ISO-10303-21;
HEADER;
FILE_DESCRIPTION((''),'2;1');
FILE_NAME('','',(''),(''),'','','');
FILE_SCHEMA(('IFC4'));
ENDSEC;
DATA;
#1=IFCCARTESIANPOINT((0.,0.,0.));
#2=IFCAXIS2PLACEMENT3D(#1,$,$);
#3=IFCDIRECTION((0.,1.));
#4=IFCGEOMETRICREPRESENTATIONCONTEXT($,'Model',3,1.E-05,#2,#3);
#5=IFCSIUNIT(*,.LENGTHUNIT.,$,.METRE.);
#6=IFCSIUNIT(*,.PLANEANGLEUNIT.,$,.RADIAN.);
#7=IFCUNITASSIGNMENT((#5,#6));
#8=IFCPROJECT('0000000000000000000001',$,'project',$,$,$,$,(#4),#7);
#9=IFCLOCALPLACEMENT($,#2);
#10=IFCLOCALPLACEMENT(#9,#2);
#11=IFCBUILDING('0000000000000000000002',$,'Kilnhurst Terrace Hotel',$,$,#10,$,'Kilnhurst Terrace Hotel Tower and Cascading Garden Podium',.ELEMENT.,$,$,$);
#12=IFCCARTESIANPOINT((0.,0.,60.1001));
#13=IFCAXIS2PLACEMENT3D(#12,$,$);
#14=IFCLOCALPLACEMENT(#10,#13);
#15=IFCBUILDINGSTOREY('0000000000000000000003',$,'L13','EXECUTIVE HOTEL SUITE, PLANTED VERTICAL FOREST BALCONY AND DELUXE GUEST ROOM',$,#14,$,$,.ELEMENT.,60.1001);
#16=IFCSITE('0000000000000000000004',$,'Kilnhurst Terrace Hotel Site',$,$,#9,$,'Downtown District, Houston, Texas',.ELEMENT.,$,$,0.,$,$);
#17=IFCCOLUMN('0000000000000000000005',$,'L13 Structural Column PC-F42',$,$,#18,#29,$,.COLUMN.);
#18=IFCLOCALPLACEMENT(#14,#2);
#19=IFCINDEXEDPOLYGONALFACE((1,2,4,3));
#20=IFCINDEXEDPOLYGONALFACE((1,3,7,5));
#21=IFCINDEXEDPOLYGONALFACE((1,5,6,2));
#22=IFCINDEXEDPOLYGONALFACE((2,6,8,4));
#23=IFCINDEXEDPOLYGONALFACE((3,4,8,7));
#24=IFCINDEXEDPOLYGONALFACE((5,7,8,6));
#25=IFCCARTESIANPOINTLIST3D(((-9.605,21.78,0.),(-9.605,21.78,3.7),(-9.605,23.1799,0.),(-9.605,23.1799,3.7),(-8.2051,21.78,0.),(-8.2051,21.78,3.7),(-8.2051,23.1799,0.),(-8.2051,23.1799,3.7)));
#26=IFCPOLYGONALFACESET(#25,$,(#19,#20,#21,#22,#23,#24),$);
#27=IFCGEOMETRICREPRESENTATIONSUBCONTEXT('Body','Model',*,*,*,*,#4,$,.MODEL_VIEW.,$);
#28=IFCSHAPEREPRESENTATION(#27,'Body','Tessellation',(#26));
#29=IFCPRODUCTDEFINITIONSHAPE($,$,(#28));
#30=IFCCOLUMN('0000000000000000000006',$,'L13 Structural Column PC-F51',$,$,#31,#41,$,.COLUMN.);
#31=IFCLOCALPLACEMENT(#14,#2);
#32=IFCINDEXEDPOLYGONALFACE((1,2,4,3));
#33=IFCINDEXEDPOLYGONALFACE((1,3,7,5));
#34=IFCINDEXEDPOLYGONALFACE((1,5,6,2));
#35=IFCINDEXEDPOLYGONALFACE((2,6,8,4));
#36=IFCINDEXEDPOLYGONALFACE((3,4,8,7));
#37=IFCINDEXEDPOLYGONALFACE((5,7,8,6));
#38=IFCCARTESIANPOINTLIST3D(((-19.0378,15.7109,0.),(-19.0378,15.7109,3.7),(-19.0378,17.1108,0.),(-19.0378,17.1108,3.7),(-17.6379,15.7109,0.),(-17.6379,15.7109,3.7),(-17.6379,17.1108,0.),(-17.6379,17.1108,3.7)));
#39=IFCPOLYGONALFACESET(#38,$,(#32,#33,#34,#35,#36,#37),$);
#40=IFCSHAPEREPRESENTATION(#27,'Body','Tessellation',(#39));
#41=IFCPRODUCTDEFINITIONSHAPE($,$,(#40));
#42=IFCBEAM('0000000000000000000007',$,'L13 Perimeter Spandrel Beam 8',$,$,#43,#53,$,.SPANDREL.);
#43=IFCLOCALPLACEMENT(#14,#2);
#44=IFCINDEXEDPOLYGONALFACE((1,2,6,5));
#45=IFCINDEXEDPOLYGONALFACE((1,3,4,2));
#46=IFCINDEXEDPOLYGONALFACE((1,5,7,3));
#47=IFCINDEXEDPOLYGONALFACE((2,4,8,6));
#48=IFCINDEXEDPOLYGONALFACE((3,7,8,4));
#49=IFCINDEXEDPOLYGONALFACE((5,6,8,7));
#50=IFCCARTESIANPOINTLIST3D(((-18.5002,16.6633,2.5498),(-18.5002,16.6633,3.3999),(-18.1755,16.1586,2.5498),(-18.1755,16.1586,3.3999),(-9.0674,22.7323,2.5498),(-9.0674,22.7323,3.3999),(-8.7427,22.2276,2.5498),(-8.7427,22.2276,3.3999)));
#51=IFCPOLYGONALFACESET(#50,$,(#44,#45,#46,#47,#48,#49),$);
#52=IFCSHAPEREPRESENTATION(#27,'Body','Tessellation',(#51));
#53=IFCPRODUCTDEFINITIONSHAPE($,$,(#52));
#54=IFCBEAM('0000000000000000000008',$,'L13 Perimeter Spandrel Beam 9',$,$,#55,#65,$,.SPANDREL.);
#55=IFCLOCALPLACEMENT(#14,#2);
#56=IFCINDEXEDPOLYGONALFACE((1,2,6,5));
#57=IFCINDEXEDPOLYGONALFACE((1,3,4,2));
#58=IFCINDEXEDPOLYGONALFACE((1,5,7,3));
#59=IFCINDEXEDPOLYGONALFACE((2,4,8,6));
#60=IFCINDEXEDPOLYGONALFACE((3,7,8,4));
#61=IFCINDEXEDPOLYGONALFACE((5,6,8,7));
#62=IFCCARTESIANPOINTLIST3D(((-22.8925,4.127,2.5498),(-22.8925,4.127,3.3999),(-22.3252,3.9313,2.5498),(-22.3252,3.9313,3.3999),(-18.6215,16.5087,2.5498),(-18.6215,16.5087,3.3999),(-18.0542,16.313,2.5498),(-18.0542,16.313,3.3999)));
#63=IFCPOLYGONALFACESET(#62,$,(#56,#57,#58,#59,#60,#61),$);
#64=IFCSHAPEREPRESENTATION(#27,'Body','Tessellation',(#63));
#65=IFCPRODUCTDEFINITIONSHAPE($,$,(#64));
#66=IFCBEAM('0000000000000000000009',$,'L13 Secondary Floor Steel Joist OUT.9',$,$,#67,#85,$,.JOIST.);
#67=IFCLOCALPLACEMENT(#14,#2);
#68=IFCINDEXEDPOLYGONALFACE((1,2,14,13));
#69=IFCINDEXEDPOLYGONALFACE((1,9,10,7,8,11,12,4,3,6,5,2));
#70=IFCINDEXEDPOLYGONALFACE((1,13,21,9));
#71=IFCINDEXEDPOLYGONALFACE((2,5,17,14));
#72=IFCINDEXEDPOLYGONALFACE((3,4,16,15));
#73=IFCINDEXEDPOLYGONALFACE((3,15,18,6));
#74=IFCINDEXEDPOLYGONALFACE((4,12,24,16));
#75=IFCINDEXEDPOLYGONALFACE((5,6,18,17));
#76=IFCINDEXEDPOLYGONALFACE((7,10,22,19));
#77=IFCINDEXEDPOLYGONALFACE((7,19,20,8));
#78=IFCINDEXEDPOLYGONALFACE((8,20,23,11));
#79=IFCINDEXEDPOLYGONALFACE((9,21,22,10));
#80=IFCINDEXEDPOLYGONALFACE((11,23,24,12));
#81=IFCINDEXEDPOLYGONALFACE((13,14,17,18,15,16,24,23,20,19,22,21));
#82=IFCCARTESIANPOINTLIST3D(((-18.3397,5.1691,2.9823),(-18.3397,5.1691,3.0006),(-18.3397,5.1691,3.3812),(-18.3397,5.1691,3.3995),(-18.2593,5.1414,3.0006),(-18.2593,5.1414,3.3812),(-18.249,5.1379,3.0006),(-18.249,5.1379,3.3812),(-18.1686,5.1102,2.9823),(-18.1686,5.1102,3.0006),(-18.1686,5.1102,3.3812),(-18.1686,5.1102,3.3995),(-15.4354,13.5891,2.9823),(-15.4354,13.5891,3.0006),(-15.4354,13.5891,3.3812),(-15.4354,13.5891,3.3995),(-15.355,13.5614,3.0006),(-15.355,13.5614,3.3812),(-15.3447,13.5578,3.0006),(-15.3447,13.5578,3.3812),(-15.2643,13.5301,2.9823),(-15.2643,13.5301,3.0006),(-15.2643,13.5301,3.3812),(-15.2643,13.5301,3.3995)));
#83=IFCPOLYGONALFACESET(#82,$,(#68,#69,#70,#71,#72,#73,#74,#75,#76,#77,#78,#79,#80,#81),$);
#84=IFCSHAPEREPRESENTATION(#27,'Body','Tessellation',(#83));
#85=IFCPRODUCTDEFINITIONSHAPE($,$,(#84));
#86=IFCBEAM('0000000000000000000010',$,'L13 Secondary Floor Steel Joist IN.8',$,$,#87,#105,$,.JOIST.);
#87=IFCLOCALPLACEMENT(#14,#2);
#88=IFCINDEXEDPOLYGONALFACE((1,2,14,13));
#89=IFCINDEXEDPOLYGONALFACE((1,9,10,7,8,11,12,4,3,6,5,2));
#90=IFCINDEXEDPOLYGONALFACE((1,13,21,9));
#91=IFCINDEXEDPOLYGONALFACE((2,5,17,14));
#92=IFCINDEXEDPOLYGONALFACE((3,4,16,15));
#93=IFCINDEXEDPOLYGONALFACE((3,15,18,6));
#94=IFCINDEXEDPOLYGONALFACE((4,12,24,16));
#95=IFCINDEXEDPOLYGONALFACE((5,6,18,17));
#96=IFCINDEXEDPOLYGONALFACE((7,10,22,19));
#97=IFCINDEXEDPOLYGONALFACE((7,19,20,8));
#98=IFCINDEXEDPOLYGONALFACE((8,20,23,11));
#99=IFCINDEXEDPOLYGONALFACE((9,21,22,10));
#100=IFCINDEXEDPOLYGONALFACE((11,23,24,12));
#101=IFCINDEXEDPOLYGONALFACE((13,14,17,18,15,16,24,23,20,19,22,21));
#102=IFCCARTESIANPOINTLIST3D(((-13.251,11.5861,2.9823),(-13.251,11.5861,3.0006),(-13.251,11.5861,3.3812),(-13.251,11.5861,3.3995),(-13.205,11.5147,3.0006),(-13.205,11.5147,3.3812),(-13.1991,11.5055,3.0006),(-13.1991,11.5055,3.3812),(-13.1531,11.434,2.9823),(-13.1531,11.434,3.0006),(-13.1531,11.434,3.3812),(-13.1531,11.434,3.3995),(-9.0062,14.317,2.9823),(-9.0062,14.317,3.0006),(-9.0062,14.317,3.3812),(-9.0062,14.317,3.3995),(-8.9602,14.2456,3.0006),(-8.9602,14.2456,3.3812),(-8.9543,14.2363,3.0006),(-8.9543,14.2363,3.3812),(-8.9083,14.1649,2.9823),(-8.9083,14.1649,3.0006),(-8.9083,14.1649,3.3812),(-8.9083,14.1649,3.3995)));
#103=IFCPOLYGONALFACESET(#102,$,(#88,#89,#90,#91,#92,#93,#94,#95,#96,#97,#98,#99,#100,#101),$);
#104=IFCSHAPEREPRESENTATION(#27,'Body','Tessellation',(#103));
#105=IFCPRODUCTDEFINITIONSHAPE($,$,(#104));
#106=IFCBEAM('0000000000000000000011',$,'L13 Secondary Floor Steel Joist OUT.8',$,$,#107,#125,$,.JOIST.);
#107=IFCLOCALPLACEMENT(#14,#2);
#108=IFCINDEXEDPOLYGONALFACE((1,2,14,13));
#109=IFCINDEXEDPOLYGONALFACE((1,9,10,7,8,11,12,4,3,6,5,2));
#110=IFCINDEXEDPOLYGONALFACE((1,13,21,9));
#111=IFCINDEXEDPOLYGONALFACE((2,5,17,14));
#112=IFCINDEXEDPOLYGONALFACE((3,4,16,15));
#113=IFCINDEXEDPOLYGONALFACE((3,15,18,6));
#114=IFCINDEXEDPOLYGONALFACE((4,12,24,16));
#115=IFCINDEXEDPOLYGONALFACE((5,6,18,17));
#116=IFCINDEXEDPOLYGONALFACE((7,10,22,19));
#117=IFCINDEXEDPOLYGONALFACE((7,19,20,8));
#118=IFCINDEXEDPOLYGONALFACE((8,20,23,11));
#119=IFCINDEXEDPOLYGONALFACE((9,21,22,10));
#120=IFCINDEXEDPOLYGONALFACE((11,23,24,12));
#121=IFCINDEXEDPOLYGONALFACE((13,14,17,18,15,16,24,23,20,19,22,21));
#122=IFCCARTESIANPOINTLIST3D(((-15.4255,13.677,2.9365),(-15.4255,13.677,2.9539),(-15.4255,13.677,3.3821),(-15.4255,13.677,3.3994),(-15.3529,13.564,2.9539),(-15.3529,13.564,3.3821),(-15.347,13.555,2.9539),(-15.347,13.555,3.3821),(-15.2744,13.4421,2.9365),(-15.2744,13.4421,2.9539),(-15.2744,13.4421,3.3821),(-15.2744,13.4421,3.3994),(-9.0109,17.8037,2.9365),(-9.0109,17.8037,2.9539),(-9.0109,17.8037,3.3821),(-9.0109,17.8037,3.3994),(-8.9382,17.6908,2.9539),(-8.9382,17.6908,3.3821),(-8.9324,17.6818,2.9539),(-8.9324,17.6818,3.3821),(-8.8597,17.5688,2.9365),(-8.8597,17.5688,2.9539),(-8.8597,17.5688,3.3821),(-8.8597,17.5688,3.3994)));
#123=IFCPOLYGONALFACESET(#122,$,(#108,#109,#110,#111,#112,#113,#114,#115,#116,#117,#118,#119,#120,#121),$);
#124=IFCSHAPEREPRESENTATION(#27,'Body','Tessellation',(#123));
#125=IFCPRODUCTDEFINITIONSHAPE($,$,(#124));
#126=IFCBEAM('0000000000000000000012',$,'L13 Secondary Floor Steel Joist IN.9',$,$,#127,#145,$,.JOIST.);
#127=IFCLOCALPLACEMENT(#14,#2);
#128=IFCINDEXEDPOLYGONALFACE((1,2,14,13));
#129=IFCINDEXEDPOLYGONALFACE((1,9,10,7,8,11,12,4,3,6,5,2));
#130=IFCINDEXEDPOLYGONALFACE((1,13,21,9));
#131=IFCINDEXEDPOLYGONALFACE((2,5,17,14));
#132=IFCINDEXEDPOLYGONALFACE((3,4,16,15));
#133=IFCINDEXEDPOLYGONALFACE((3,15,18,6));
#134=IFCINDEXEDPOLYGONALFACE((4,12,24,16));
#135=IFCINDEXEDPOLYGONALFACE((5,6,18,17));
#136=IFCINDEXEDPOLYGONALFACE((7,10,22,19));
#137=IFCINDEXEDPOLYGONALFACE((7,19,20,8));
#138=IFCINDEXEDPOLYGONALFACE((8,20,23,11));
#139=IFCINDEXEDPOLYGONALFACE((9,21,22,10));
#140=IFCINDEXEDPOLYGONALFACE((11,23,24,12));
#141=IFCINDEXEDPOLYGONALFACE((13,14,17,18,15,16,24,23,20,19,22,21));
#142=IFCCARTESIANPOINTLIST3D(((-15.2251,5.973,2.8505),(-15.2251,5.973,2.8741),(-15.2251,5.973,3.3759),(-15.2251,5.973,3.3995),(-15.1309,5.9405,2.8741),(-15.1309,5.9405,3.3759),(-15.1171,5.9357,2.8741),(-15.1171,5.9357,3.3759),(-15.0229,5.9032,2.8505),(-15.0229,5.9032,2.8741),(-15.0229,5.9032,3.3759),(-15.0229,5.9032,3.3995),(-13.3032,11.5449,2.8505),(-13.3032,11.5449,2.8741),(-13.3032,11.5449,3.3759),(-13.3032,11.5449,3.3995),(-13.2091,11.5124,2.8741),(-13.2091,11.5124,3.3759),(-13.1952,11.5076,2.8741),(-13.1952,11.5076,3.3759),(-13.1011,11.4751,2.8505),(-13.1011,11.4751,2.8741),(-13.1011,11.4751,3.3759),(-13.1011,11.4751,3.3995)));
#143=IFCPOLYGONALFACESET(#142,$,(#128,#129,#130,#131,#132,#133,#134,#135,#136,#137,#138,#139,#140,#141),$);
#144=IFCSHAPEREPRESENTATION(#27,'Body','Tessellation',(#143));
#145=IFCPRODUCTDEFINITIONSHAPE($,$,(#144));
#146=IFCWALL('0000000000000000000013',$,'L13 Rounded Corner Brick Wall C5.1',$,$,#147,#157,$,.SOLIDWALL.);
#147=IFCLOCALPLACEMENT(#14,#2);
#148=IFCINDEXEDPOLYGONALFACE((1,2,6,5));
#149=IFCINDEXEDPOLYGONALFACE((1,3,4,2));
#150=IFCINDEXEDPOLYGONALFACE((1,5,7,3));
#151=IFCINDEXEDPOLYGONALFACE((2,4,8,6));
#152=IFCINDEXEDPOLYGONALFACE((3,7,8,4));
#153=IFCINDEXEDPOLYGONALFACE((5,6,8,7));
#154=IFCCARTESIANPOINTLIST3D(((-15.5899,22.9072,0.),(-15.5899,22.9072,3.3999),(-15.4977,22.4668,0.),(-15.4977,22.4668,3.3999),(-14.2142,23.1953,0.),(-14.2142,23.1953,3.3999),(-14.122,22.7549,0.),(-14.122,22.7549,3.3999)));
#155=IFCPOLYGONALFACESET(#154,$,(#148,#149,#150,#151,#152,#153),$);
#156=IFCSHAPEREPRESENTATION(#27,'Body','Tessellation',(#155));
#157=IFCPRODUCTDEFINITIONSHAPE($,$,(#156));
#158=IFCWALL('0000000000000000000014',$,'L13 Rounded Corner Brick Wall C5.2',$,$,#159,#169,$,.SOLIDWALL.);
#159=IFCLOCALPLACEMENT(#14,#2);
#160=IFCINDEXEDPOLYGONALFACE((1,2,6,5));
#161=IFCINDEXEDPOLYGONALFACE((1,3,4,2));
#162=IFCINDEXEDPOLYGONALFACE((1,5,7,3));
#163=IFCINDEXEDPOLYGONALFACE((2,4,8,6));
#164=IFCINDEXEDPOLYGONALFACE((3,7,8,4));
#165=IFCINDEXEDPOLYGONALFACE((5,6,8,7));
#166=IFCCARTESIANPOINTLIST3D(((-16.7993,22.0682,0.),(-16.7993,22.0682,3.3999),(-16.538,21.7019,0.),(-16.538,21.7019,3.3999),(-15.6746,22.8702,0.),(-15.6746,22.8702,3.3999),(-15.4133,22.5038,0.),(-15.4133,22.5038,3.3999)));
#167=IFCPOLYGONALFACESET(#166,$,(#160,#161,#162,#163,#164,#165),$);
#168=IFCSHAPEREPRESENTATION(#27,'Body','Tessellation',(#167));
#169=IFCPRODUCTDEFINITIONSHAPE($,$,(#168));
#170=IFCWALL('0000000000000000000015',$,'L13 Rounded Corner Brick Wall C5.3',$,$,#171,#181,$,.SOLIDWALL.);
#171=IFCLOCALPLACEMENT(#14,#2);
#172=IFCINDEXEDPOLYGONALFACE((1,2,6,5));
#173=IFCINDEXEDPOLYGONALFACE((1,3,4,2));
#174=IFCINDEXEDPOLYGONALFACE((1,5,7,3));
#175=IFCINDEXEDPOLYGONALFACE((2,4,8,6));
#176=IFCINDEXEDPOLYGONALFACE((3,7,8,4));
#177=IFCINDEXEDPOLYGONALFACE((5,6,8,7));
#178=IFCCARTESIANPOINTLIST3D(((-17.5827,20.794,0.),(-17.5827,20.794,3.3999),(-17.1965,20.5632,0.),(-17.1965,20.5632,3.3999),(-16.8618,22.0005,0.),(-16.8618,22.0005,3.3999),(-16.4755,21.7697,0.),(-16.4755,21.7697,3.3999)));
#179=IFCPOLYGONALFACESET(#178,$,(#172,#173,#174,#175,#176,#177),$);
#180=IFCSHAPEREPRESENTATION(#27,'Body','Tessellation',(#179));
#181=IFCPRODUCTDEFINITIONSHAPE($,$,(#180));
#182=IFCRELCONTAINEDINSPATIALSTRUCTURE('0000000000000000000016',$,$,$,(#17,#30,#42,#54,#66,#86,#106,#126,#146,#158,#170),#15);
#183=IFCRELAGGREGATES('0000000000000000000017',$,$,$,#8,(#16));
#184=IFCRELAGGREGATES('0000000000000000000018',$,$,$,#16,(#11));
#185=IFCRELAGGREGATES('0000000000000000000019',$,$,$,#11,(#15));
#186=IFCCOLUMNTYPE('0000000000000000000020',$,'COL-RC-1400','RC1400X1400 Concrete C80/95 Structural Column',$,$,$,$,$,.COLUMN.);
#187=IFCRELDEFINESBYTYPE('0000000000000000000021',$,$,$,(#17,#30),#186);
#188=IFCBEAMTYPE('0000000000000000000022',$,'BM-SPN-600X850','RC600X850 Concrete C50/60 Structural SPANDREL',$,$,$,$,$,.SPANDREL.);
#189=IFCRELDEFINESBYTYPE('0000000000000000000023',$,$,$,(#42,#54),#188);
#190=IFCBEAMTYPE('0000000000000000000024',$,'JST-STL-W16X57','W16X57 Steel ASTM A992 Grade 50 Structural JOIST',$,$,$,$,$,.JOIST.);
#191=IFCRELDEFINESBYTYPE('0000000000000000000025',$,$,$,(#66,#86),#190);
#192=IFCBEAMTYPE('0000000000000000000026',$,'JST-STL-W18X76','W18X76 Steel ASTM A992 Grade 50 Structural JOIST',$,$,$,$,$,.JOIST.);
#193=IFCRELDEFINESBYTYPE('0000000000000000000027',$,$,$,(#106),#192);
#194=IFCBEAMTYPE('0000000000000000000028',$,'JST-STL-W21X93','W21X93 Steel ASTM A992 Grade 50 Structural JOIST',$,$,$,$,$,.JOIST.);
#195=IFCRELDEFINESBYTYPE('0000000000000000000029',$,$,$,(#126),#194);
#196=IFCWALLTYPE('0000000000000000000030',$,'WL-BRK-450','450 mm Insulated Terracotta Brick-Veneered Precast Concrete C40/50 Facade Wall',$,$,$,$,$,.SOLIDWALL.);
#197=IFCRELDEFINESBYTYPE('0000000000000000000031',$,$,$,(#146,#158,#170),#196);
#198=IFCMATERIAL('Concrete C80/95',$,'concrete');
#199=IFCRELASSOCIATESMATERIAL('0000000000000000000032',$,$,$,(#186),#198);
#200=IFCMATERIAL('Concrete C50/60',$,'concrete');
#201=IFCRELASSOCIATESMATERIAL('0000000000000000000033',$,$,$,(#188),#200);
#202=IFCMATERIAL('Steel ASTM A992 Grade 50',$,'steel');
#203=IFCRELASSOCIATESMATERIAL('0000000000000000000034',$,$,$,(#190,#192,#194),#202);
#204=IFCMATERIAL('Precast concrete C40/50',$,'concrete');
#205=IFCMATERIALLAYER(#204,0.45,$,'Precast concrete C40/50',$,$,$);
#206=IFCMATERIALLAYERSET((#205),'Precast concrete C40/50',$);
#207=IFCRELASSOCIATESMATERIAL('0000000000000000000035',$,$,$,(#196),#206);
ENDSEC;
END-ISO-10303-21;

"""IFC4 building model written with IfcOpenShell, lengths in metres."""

from ifc_helpers import new_model, si_unit, direction, frame, frame_2d, origin, origin_2d, place, context, subcontext, project, spatial, rectangle, i_section, extrude, material, layer, layer_set, material_profile, profile_set, type_object, element, save


model = new_model("IFC4")

# Units and contexts
model_context = context("Model", 3, precision=1e-05, world=origin(), true_north=direction((0.0, 1.0)))
body_context = subcontext(model_context, "Body", "Model", "MODEL_VIEW")
ifc_project = project(units=[si_unit("LENGTHUNIT", "METRE"), si_unit("PLANEANGLEUNIT", "RADIAN")], contexts=[model_context])

# Site, building, storey
site_placement = place(None, origin())
site = spatial("IfcSite", under=ifc_project, at=site_placement, Name="Kilnhurst Terrace Hotel Site", LongName="Downtown District, Houston, Texas", CompositionType="ELEMENT", RefElevation=0.0)
building_placement = place(site_placement, origin())
building = spatial("IfcBuilding", under=site, at=building_placement, Name="Kilnhurst Terrace Hotel", LongName="Kilnhurst Terrace Hotel Tower and Cascading Garden Podium", CompositionType="ELEMENT")
storey_placement = place(building_placement, frame((0.0, 0.0, 60.1001)))
storey = spatial("IfcBuildingStorey", under=building, at=storey_placement, Name="L13", Description="EXECUTIVE HOTEL SUITE, PLANTED VERTICAL FOREST BALCONY AND DELUXE GUEST ROOM", CompositionType="ELEMENT", Elevation=60.1001)

# Columns
ifc_material_1 = material(Name="Concrete C80/95", Category="concrete")
ifc_material_profile_1 = material_profile(ifc_material_1, rectangle(XDim=1.3999, YDim=1.3999, at=origin_2d()), Name="RC1400X1400")
ifc_profile_set_1 = profile_set([ifc_material_profile_1], Name="Concrete C80/95")
column_type = type_object("IfcColumnType", Name="COL-RC-1400", Description="RC1400X1400 Concrete C80/95 Structural Column", PredefinedType="COLUMN", material=ifc_profile_set_1)
for number, where, z_axis, x_axis, name in (
    (1, (-8.905, 22.48, 0.0), (0.0, 0.0, 1.0), (1.0, 0.0, 0.0), "L13 Structural Column PC-F42"),
    (2, (-18.3379, 16.4109, 0.0), (0.0, 0.0, 1.0), (1.0, 0.0, 0.0), "L13 Structural Column PC-F51"),
):
    element("IfcColumn", number, at=place(storey_placement, frame(where, z_axis=z_axis, x_axis=x_axis)), inside=storey, type_object=column_type, Name=name, PredefinedType="COLUMN", context=body_context, shape_type="SweptSolid", body=[
        extrude(rectangle(XDim=1.3999, YDim=1.3999, at=origin_2d()), origin(), (0.0, 0.0, 1.0), 3.7),
    ])

# Beams
ifc_material_2 = material(Name="Concrete C50/60", Category="concrete")
ifc_material_profile_2 = material_profile(ifc_material_2, rectangle(XDim=0.6001, YDim=0.8501, at=origin_2d()), Name="RC600X850")
ifc_profile_set_2 = profile_set([ifc_material_profile_2], Name="Concrete C50/60")
beam_type_1 = type_object("IfcBeamType", Name="BM-SPN-600X850", Description="RC600X850 Concrete C50/60 Structural SPANDREL", PredefinedType="SPANDREL", material=ifc_profile_set_2)
beam_1_placement = place(storey_placement, frame((-8.905, 22.48, 2.9749), z_axis=(-0.840971, -0.54108, 0.0), x_axis=(0.54108, -0.840971, 0.0)))
element("IfcBeam", 3, at=beam_1_placement, inside=storey, type_object=beam_type_1, Name="L13 Perimeter Spandrel Beam 8", PredefinedType="SPANDREL", context=body_context, shape_type="SweptSolid", body=[
    extrude(rectangle(XDim=0.6001, YDim=0.8501, at=origin_2d()), origin(), (0.0, 0.0, 1.0), 11.2166),
])
beam_2_placement = place(storey_placement, frame((-18.3379, 16.4109, 2.9749), z_axis=(-0.326086, -0.94534, 0.0), x_axis=(0.94534, -0.326086, 0.0)))
element("IfcBeam", 4, at=beam_2_placement, inside=storey, type_object=beam_type_1, Name="L13 Perimeter Spandrel Beam 9", PredefinedType="SPANDREL", context=body_context, shape_type="SweptSolid", body=[
    extrude(rectangle(XDim=0.6001, YDim=0.8501, at=origin_2d()), origin(), (0.0, 0.0, 1.0), 13.0977),
])
ifc_material_3 = material(Name="Steel ASTM A992 Grade 50", Category="steel")
ifc_material_profile_3 = material_profile(ifc_material_3, i_section(OverallWidth=0.1809, OverallDepth=0.4172, WebThickness=0.011, FlangeThickness=0.0183, at=origin_2d()), Name="W16X57")
ifc_profile_set_3 = profile_set([ifc_material_profile_3], Name="Steel ASTM A992 Grade 50")
beam_type_2 = type_object("IfcBeamType", Name="JST-STL-W16X57", Description="W16X57 Steel ASTM A992 Grade 50 Structural JOIST", PredefinedType="JOIST", material=ifc_profile_set_3)
beam_3_placement = place(storey_placement, frame((-15.3499, 13.5596, 3.1909), z_axis=(-0.326079, -0.945343, 0.0), x_axis=(0.945343, -0.326079, 0.0)))
element("IfcBeam", 5, at=beam_3_placement, inside=storey, type_object=beam_type_2, Name="L13 Secondary Floor Steel Joist OUT.9", PredefinedType="JOIST", context=body_context, shape_type="SweptSolid", body=[
    extrude(i_section(OverallWidth=0.1809, OverallDepth=0.4172, WebThickness=0.011, FlangeThickness=0.0183, at=origin_2d()), origin(), (0.0, 0.0, 1.0), 8.9067),
])
beam_4_placement = place(storey_placement, frame((-8.9573, 14.241, 3.1909), z_axis=(-0.840988, -0.541053, 0.0), x_axis=(0.541053, -0.840988, 0.0)))
element("IfcBeam", 6, at=beam_4_placement, inside=storey, type_object=beam_type_2, Name="L13 Secondary Floor Steel Joist IN.8", PredefinedType="JOIST", context=body_context, shape_type="SweptSolid", body=[
    extrude(i_section(OverallWidth=0.1809, OverallDepth=0.4172, WebThickness=0.011, FlangeThickness=0.0183, at=origin_2d()), origin(), (0.0, 0.0, 1.0), 5.0474),
])
ifc_material_profile_4 = material_profile(ifc_material_3, i_section(OverallWidth=0.2793, OverallDepth=0.4629, WebThickness=0.0107, FlangeThickness=0.0173, at=origin_2d()), Name="W18X76")
ifc_profile_set_4 = profile_set([ifc_material_profile_4], Name="Steel ASTM A992 Grade 50")
beam_type_3 = type_object("IfcBeamType", Name="JST-STL-W18X76", Description="W18X76 Steel ASTM A992 Grade 50 Structural JOIST", PredefinedType="JOIST", material=ifc_profile_set_4)
beam_5_placement = place(storey_placement, frame((-8.9353, 17.6863, 3.168), z_axis=(-0.840995, -0.541042, 0.0), x_axis=(0.541042, -0.840995, 0.0)))
element("IfcBeam", 7, at=beam_5_placement, inside=storey, type_object=beam_type_3, Name="L13 Secondary Floor Steel Joist OUT.8", PredefinedType="JOIST", context=body_context, shape_type="SweptSolid", body=[
    extrude(i_section(OverallWidth=0.2793, OverallDepth=0.4629, WebThickness=0.0107, FlangeThickness=0.0173, at=origin_2d()), origin(), (0.0, 0.0, 1.0), 7.6274),
])
ifc_material_profile_5 = material_profile(ifc_material_3, i_section(OverallWidth=0.2139, OverallDepth=0.5491, WebThickness=0.0146, FlangeThickness=0.0237, at=origin_2d()), Name="W21X93")
ifc_profile_set_5 = profile_set([ifc_material_profile_5], Name="Steel ASTM A992 Grade 50")
beam_type_4 = type_object("IfcBeamType", Name="JST-STL-W21X93", Description="W21X93 Steel ASTM A992 Grade 50 Structural JOIST", PredefinedType="JOIST", material=ifc_profile_set_5)
beam_6_placement = place(storey_placement, frame((-13.2021, 11.51, 3.125), z_axis=(-0.326065, -0.945347, 0.0), x_axis=(0.945347, -0.326065, 0.0)))
element("IfcBeam", 8, at=beam_6_placement, inside=storey, type_object=beam_type_4, Name="L13 Secondary Floor Steel Joist IN.9", PredefinedType="JOIST", context=body_context, shape_type="SweptSolid", body=[
    extrude(i_section(OverallWidth=0.2139, OverallDepth=0.5491, WebThickness=0.0146, FlangeThickness=0.0237, at=origin_2d()), origin(), (0.0, 0.0, 1.0), 5.894),
])

# Walls
ifc_material_4 = material(Name="Precast concrete C40/50", Category="concrete")
ifc_layer_1 = layer(ifc_material_4, 0.45, Name="Precast concrete C40/50")
ifc_layer_set_1 = layer_set([ifc_layer_1], Name="Precast concrete C40/50")
wall_type_1 = type_object("IfcWallType", Name="WL-BRK-450", Description="450 mm Insulated Terracotta Brick-Veneered Precast Concrete C40/50 Facade Wall", PredefinedType="SOLIDWALL", material=ifc_layer_set_1)
wall_1_placement = place(storey_placement, frame((-14.1682, 22.9751, 0.0), z_axis=(0.0, 0.0, 1.0), x_axis=(-0.97877, -0.20496, 0.0)))
element("IfcWall", 9, at=wall_1_placement, inside=storey, type_object=wall_type_1, Name="L13 Rounded Corner Brick Wall C5.1", PredefinedType="SOLIDWALL", context=body_context, shape_type="SweptSolid", body=[
    extrude(rectangle(XDim=1.4055, YDim=0.45, at=frame_2d((0.7026, 0.0))), origin(), (0.0, 0.0, 1.0), 3.3999),
])
wall_2_placement = place(storey_placement, frame((-15.5439, 22.687, 0.0), z_axis=(0.0, 0.0, 1.0), x_axis=(-0.814211, -0.580569, 0.0)))
element("IfcWall", 10, at=wall_2_placement, inside=storey, type_object=wall_type_1, Name="L13 Rounded Corner Brick Wall C5.2", PredefinedType="SOLIDWALL", context=body_context, shape_type="SweptSolid", body=[
    extrude(rectangle(XDim=1.3813, YDim=0.45, at=frame_2d((0.6907, 0.0))), origin(), (0.0, 0.0, 1.0), 3.3999),
])
wall_3_placement = place(storey_placement, frame((-16.6687, 21.885, 0.0), z_axis=(0.0, 0.0, 1.0), x_axis=(-0.512937, -0.858426, 0.0)))
element("IfcWall", 11, at=wall_3_placement, inside=storey, type_object=wall_type_1, Name="L13 Rounded Corner Brick Wall C5.3", PredefinedType="SOLIDWALL", context=body_context, shape_type="SweptSolid", body=[
    extrude(rectangle(XDim=1.4055, YDim=0.45, at=frame_2d((0.7026, 0.0))), origin(), (0.0, 0.0, 1.0), 3.3999),
])

save(model, "model.ifc")
